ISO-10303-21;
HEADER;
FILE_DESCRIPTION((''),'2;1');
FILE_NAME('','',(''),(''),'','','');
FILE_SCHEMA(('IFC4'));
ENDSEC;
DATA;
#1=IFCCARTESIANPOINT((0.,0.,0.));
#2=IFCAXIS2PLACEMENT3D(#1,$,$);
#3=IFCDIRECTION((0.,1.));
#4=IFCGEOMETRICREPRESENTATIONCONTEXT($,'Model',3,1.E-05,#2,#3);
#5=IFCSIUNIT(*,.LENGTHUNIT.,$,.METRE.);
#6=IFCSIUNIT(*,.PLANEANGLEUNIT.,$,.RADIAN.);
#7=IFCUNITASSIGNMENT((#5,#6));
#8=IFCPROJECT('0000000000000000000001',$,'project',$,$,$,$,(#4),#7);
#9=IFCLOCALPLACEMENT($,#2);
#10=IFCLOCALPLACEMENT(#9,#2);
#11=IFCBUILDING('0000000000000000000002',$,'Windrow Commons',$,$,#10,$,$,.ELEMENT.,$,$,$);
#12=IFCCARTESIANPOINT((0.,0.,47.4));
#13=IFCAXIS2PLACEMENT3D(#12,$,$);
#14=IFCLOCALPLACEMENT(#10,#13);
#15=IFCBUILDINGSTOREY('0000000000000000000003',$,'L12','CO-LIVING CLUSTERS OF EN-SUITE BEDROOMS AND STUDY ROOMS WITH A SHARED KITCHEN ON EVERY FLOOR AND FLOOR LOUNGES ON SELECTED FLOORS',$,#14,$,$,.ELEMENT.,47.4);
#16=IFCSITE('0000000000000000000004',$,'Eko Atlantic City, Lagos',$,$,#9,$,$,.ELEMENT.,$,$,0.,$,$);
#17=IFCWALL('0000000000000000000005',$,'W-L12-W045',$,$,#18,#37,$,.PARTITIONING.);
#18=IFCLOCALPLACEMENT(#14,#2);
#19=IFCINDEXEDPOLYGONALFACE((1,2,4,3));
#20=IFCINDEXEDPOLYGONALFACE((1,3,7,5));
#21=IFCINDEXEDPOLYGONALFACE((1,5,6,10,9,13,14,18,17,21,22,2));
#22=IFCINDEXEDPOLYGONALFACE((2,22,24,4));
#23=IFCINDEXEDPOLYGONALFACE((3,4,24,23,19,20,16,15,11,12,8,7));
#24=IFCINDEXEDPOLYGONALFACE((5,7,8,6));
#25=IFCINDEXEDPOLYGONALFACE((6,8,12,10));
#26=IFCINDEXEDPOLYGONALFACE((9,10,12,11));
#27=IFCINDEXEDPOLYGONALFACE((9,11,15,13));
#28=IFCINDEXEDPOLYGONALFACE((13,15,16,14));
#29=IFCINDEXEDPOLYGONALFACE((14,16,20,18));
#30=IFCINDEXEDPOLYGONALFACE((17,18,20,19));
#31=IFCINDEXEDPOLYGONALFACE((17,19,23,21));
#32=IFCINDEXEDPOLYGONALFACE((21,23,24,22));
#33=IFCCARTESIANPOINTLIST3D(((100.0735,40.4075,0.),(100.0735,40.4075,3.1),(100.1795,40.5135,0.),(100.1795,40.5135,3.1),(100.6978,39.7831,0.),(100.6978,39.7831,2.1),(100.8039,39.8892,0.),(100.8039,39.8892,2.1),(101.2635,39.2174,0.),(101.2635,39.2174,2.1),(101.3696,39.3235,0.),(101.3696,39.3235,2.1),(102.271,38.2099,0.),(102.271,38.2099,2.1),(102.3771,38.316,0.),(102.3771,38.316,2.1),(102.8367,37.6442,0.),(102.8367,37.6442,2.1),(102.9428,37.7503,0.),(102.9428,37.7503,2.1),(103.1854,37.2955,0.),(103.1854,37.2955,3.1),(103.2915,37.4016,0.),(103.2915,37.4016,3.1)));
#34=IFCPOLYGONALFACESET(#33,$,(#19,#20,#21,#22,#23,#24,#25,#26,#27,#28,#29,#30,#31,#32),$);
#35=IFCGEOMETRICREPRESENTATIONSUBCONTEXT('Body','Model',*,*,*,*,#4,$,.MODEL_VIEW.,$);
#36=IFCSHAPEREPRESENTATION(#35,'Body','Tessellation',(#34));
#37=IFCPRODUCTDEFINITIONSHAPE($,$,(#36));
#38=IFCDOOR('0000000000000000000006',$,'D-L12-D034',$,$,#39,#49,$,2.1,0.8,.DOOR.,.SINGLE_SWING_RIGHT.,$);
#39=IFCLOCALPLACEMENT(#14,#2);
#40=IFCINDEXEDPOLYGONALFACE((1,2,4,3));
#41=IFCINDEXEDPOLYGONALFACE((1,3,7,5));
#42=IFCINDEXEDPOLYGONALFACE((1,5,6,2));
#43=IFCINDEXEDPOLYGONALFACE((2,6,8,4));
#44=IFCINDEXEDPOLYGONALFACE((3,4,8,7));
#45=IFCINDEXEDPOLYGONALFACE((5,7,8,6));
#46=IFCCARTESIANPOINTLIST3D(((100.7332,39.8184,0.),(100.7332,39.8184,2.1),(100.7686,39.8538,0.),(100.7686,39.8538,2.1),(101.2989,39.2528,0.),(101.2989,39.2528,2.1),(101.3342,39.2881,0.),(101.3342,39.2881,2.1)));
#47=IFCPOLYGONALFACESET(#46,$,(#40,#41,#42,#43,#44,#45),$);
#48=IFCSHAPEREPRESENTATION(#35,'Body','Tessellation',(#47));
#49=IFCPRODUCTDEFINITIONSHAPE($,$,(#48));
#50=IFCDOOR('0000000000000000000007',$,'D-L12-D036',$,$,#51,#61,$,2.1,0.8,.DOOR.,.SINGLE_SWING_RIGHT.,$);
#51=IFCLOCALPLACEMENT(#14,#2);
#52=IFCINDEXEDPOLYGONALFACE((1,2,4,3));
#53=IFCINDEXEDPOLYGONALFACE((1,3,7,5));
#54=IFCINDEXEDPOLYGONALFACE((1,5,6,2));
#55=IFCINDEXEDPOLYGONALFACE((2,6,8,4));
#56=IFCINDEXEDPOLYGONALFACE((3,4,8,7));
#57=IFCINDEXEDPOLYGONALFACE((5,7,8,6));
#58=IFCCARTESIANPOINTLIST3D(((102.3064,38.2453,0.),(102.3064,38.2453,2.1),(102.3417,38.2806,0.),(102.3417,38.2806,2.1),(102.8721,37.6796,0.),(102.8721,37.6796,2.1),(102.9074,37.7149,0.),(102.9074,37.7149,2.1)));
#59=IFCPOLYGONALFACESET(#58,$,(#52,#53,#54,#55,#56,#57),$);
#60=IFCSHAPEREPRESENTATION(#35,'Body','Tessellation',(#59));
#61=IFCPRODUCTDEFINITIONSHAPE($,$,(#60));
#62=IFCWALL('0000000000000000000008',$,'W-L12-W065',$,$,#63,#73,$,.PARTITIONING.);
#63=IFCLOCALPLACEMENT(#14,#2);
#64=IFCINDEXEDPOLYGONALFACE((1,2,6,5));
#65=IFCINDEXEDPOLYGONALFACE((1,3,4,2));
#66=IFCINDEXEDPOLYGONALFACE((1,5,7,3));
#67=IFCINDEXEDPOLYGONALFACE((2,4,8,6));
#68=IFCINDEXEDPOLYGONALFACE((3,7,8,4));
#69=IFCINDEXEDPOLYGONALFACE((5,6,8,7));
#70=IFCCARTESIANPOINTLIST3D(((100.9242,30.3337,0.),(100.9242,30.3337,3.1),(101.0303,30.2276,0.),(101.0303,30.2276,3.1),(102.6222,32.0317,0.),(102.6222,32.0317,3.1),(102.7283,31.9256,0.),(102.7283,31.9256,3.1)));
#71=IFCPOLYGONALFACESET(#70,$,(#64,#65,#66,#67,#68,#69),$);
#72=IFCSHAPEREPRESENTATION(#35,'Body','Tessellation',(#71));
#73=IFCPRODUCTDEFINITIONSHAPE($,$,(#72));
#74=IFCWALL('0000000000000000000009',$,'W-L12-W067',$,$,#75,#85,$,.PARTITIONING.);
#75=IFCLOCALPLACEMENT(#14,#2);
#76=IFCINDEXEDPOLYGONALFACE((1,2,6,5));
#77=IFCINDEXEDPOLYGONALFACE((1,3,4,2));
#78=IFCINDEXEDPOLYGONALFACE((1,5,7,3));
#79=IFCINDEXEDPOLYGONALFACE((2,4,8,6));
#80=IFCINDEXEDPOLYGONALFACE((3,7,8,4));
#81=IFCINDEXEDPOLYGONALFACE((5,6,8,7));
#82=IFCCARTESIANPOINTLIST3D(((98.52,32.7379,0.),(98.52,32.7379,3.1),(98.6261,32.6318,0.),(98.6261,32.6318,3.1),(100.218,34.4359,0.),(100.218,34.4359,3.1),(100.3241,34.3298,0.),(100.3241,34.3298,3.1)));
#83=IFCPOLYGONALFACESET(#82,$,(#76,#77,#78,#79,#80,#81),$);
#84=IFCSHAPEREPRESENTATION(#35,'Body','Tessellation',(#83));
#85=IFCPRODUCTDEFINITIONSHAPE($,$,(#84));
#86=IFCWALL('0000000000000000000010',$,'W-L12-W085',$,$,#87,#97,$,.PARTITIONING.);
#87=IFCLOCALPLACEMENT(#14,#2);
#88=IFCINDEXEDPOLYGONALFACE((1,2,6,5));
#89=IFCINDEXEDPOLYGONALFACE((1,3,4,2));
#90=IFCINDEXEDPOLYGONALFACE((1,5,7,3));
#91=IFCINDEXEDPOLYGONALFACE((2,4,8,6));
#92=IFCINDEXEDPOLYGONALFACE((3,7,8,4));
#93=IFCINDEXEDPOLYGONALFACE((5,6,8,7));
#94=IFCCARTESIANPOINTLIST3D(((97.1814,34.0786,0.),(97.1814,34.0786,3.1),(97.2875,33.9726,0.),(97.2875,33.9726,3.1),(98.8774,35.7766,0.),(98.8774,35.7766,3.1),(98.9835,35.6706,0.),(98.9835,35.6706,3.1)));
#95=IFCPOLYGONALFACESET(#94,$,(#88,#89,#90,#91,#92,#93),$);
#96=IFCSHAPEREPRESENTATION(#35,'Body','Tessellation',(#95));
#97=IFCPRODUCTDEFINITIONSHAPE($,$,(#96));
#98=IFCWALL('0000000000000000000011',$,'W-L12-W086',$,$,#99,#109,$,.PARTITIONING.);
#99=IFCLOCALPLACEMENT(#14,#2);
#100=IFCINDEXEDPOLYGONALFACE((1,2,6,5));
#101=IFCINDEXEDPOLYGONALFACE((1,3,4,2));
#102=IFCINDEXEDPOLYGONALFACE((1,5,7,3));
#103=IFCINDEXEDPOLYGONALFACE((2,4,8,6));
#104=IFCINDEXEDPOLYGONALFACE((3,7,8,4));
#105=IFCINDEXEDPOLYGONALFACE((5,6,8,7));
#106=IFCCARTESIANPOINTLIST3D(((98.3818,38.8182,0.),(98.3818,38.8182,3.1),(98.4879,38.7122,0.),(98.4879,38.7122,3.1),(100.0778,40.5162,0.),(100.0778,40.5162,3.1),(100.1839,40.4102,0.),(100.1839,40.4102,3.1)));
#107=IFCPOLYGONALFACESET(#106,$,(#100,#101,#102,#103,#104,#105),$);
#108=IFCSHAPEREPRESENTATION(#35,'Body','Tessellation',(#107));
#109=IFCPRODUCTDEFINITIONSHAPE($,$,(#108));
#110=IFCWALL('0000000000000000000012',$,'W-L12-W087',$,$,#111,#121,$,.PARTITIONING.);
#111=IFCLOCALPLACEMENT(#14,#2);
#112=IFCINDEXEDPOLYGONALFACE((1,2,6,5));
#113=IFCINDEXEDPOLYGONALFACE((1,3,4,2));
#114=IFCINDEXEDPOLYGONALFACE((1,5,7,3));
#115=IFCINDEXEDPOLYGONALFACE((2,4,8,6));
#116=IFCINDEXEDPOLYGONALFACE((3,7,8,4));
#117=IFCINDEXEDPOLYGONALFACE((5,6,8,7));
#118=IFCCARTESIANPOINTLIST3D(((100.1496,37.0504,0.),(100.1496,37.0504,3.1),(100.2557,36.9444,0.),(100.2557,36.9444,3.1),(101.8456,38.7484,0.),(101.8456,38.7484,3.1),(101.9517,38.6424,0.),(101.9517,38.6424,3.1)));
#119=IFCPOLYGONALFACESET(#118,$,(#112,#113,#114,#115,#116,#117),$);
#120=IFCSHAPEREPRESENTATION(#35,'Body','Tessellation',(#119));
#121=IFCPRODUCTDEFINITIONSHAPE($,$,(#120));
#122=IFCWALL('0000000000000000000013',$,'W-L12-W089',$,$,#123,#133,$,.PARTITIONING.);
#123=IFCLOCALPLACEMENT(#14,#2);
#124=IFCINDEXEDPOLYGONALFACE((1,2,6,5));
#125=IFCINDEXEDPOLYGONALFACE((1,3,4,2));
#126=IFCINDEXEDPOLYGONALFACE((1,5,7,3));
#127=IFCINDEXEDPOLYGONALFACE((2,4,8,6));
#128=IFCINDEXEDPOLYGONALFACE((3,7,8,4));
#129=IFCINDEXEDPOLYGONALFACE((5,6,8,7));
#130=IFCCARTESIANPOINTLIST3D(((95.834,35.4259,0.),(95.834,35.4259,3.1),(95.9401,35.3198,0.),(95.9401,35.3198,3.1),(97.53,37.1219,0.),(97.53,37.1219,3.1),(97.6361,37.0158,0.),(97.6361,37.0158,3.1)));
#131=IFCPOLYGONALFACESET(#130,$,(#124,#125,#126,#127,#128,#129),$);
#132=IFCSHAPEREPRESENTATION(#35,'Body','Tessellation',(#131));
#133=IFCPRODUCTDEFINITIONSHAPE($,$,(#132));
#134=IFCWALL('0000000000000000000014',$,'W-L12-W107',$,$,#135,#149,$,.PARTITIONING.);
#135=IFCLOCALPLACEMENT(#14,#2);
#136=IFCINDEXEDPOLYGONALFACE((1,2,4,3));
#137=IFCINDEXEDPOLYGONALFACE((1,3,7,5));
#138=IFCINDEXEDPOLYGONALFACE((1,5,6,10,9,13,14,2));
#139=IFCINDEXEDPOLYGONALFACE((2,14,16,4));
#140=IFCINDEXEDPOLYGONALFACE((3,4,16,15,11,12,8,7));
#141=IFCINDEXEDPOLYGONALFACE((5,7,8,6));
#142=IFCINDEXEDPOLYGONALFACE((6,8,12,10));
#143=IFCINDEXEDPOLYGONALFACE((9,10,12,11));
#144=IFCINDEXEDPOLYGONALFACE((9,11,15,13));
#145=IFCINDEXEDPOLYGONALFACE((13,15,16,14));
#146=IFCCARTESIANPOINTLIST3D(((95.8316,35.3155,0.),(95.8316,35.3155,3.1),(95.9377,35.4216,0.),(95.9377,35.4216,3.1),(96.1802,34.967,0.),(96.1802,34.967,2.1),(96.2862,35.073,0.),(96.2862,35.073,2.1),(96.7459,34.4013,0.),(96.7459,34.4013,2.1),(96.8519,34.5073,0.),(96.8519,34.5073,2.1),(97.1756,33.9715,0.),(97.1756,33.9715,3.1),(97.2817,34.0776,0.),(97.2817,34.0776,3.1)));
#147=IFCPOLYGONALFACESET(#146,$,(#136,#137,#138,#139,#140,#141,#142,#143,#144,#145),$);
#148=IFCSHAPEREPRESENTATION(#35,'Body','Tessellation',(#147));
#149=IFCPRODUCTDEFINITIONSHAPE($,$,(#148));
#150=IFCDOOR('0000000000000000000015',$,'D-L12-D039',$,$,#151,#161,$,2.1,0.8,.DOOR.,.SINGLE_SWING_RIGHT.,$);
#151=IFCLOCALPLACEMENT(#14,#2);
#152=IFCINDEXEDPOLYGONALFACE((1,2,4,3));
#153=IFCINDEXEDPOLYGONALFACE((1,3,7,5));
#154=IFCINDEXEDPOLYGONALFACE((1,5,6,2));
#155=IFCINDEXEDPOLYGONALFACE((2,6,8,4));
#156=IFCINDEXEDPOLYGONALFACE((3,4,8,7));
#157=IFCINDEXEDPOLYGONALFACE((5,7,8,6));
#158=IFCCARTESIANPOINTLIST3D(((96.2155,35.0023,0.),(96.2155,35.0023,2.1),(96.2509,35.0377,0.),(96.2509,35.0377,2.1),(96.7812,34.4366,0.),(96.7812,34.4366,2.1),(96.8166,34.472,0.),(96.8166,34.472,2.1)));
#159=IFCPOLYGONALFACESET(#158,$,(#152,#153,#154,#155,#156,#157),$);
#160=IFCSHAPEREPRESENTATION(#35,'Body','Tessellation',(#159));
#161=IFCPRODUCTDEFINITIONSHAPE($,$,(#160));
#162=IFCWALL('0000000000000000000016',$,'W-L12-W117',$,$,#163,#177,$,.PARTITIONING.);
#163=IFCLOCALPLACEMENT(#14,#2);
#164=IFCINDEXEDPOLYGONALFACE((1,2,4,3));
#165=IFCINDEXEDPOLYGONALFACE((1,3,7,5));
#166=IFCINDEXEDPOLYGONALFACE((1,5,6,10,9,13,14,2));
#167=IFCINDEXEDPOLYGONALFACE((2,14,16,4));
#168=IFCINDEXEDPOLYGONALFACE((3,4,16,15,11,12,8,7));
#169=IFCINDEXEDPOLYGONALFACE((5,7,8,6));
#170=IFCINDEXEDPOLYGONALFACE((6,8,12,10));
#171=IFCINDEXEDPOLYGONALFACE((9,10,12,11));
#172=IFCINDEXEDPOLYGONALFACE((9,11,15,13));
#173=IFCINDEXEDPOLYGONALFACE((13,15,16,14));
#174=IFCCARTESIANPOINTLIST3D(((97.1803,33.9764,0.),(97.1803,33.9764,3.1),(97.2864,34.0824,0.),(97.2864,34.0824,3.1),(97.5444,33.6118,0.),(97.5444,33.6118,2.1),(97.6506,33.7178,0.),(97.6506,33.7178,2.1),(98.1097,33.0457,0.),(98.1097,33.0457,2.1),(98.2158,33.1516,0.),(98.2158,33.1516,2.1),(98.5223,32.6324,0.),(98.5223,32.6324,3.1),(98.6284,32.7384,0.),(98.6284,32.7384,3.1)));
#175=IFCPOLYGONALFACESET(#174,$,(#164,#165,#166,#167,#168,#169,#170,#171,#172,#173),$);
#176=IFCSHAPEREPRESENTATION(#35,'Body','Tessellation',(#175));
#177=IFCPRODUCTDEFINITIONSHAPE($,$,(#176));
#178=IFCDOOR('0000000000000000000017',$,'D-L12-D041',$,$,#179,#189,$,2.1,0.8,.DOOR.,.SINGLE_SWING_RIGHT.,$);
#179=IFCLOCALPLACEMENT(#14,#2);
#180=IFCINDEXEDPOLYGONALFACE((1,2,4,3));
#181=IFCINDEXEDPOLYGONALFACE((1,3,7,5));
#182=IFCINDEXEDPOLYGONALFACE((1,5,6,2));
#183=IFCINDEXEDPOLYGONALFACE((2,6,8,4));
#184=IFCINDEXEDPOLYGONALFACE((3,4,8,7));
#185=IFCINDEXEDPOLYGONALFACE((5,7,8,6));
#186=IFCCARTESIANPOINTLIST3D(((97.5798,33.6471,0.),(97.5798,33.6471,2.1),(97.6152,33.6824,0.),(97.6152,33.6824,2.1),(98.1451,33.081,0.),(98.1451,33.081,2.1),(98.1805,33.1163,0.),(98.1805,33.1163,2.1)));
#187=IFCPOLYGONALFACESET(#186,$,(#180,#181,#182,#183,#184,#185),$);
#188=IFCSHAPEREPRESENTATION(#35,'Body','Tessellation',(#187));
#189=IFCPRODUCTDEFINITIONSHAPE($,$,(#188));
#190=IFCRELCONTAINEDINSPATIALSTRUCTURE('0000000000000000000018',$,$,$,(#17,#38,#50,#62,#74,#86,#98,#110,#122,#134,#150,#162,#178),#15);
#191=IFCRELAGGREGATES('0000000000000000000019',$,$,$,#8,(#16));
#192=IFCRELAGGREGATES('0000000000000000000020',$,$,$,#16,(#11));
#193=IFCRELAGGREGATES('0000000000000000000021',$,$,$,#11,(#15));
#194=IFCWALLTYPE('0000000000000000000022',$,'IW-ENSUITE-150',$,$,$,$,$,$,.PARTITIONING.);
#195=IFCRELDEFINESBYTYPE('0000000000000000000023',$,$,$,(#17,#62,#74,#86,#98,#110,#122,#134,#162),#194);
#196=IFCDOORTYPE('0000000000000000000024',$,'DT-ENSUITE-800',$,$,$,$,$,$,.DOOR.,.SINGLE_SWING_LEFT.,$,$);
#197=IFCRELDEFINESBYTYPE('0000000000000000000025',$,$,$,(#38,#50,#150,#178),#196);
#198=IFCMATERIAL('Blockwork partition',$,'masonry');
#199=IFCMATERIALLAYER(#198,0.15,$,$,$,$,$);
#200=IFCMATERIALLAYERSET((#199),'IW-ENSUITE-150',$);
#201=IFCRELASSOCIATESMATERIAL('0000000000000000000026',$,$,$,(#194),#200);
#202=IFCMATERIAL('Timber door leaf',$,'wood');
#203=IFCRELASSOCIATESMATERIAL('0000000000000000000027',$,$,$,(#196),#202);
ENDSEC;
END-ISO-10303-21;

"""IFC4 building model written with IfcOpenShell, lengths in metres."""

from ifc_helpers import new_model, si_unit, direction, frame, frame_2d, origin, place, context, subcontext, project, spatial, rectangle, extrude, material, layer, layer_set, type_object, element, fill, save


model = new_model("IFC4")

# Units and contexts
model_context = context("Model", 3, precision=1e-05, world=origin(), true_north=direction((0.0, 1.0)))
body_context = subcontext(model_context, "Body", "Model", "MODEL_VIEW")
ifc_project = project(units=[si_unit("LENGTHUNIT", "METRE"), si_unit("PLANEANGLEUNIT", "RADIAN")], contexts=[model_context])

# Site, building, storey
site_placement = place(None, origin())
site = spatial("IfcSite", under=ifc_project, at=site_placement, Name="Eko Atlantic City, Lagos", CompositionType="ELEMENT", RefElevation=0.0)
building_placement = place(site_placement, origin())
building = spatial("IfcBuilding", under=site, at=building_placement, Name="Windrow Commons", CompositionType="ELEMENT")
storey_placement = place(building_placement, frame((0.0, 0.0, 47.4)))
storey = spatial("IfcBuildingStorey", under=building, at=storey_placement, Name="L12", Description="CO-LIVING CLUSTERS OF EN-SUITE BEDROOMS AND STUDY ROOMS WITH A SHARED KITCHEN ON EVERY FLOOR AND FLOOR LOUNGES ON SELECTED FLOORS", CompositionType="ELEMENT", Elevation=47.4)

# Wall, openings, doors
ifc_material_1 = material(Name="Blockwork partition", Category="masonry")
ifc_layer_1 = layer(ifc_material_1, 0.15)
ifc_layer_set_1 = layer_set([ifc_layer_1], Name="IW-ENSUITE-150")
wall_type_1 = type_object("IfcWallType", Name="IW-ENSUITE-150", PredefinedType="PARTITIONING", material=ifc_layer_set_1)
wall_1_placement = place(storey_placement, frame((100.1265, 40.4605, 0.0), z_axis=(0.0, 0.0, 1.0), x_axis=(0.707107, -0.707107, 0.0)))
wall_1 = element("IfcWall", 1, at=wall_1_placement, inside=storey, type_object=wall_type_1, Name="W-L12-W045", PredefinedType="PARTITIONING", context=body_context, shape_type="SweptSolid", body=[
    extrude(rectangle(XDim=4.401, YDim=0.15, at=frame_2d((2.2005, 0.0))), origin(), (0.0, 0.0, 1.0), 3.1),
])
opening_1_placement = place(wall_1_placement, frame((0.883, 0.0, 0.0)))
opening_1 = element("IfcOpeningElement", 2, at=opening_1_placement, cuts=wall_1, PredefinedType="OPENING", context=body_context, shape_type="SweptSolid", body=[
    extrude(rectangle(XDim=0.8, YDim=2.1, at=frame_2d((0.4, 1.05))), frame((0.0, 0.085, 0.0), z_axis=(0.0, -1.0, 0.0), x_axis=(1.0, 0.0, 0.0)), (0.0, 0.0, 1.0), 0.17),
])
opening_2_placement = place(wall_1_placement, frame((3.1078, 0.0, 0.0)))
opening_2 = element("IfcOpeningElement", 3, at=opening_2_placement, cuts=wall_1, PredefinedType="OPENING", context=body_context, shape_type="SweptSolid", body=[
    extrude(rectangle(XDim=0.8, YDim=2.1, at=frame_2d((0.4, 1.05))), frame((0.0, 0.085, 0.0), z_axis=(0.0, -1.0, 0.0), x_axis=(1.0, 0.0, 0.0)), (0.0, 0.0, 1.0), 0.17),
])
ifc_material_2 = material(Name="Timber door leaf", Category="wood")
door_type_1 = type_object("IfcDoorType", Name="DT-ENSUITE-800", OperationType="SINGLE_SWING_LEFT", PredefinedType="DOOR", material=ifc_material_2)
door_1_placement = place(opening_1_placement, origin())
door_1 = element("IfcDoor", 4, at=door_1_placement, inside=storey, type_object=door_type_1, Name="D-L12-D034", OperationType="SINGLE_SWING_RIGHT", OverallHeight=2.1, OverallWidth=0.8, PredefinedType="DOOR", context=body_context, shape_type="SweptSolid", body=[
    extrude(rectangle(XDim=0.8, YDim=2.1, at=frame_2d((0.4, 1.05))), frame((0.0, 0.025, 0.0), z_axis=(0.0, -1.0, 0.0), x_axis=(1.0, 0.0, 0.0)), (0.0, 0.0, 1.0), 0.05),
])
fill(opening_1, door_1)
door_2_placement = place(opening_2_placement, origin())
door_2 = element("IfcDoor", 5, at=door_2_placement, inside=storey, type_object=door_type_1, Name="D-L12-D036", OperationType="SINGLE_SWING_RIGHT", OverallHeight=2.1, OverallWidth=0.8, PredefinedType="DOOR", context=body_context, shape_type="SweptSolid", body=[
    extrude(rectangle(XDim=0.8, YDim=2.1, at=frame_2d((0.4, 1.05))), frame((0.0, 0.025, 0.0), z_axis=(0.0, -1.0, 0.0), x_axis=(1.0, 0.0, 0.0)), (0.0, 0.0, 1.0), 0.05),
])
fill(opening_2, door_2)

# Walls
for number, where, z_axis, x_axis, name in (
    (6, (100.9773, 30.2807, 0.0), (0.0, 0.0, 1.0), (0.707107, 0.707107, 0.0), "W-L12-W065"),
    (7, (98.5731, 32.6849, 0.0), (0.0, 0.0, 1.0), (0.707107, 0.707107, 0.0), "W-L12-W067"),
):
    element("IfcWall", number, at=place(storey_placement, frame(where, z_axis=z_axis, x_axis=x_axis)), inside=storey, type_object=wall_type_1, Name=name, PredefinedType="PARTITIONING", context=body_context, shape_type="SweptSolid", body=[
        extrude(rectangle(XDim=2.4013, YDim=0.15, at=frame_2d((1.2006, 0.0))), origin(), (0.0, 0.0, 1.0), 3.1),
    ])
for number, where, z_axis, x_axis, name in (
    (8, (97.2344, 34.0256, 0.0), (0.0, 0.0, 1.0), (0.70669, 0.707523, 0.0), "W-L12-W085"),
    (9, (98.4348, 38.7652, 0.0), (0.0, 0.0, 1.0), (0.70669, 0.707523, 0.0), "W-L12-W086"),
    (10, (100.2026, 36.9974, 0.0), (0.0, 0.0, 1.0), (0.70669, 0.707523, 0.0), "W-L12-W087"),
):
    element("IfcWall", number, at=place(storey_placement, frame(where, z_axis=z_axis, x_axis=x_axis)), inside=storey, type_object=wall_type_1, Name=name, PredefinedType="PARTITIONING", context=body_context, shape_type="SweptSolid", body=[
        extrude(rectangle(XDim=2.3999, YDim=0.15, at=frame_2d((1.2, 0.0))), origin(), (0.0, 0.0, 1.0), 3.1),
    ])
wall_2_placement = place(storey_placement, frame((95.8871, 35.3729, 0.0), z_axis=(0.0, 0.0, 1.0), x_axis=(0.707107, 0.707107, 0.0)))
element("IfcWall", 11, at=wall_2_placement, inside=storey, type_object=wall_type_1, Name="W-L12-W089", PredefinedType="PARTITIONING", context=body_context, shape_type="SweptSolid", body=[
    extrude(rectangle(XDim=2.3985, YDim=0.15, at=frame_2d((1.1992, 0.0))), origin(), (0.0, 0.0, 1.0), 3.1),
])

# Walls, openings, doors
wall_3_placement = place(storey_placement, frame((95.8846, 35.3686, 0.0), z_axis=(0.0, 0.0, 1.0), x_axis=(0.707107, -0.707107, 0.0)))
wall_3 = element("IfcWall", 12, at=wall_3_placement, inside=storey, type_object=wall_type_1, Name="W-L12-W107", PredefinedType="PARTITIONING", context=body_context, shape_type="SweptSolid", body=[
    extrude(rectangle(XDim=1.9007, YDim=0.15, at=frame_2d((0.9504, 0.0))), origin(), (0.0, 0.0, 1.0), 3.1),
])
opening_3_placement = place(wall_3_placement, frame((0.493, 0.0, 0.0)))
opening_3 = element("IfcOpeningElement", 13, at=opening_3_placement, cuts=wall_3, PredefinedType="OPENING", context=body_context, shape_type="SweptSolid", body=[
    extrude(rectangle(XDim=0.8, YDim=2.1, at=frame_2d((0.4, 1.05))), frame((0.0, 0.085, 0.0), z_axis=(0.0, -1.0, 0.0), x_axis=(1.0, 0.0, 0.0)), (0.0, 0.0, 1.0), 0.17),
])
door_3_placement = place(opening_3_placement, origin())
door_3 = element("IfcDoor", 14, at=door_3_placement, inside=storey, type_object=door_type_1, Name="D-L12-D039", OperationType="SINGLE_SWING_RIGHT", OverallHeight=2.1, OverallWidth=0.8, PredefinedType="DOOR", context=body_context, shape_type="SweptSolid", body=[
    extrude(rectangle(XDim=0.8, YDim=2.1, at=frame_2d((0.4, 1.05))), frame((0.0, 0.025, 0.0), z_axis=(0.0, -1.0, 0.0), x_axis=(1.0, 0.0, 0.0)), (0.0, 0.0, 1.0), 0.05),
])
fill(opening_3, door_3)
wall_4_placement = place(storey_placement, frame((97.2334, 34.0294, 0.0), z_axis=(0.0, 0.0, 1.0), x_axis=(0.70658, -0.707633, 0.0)))
wall_4 = element("IfcWall", 15, at=wall_4_placement, inside=storey, type_object=wall_type_1, Name="W-L12-W117", PredefinedType="PARTITIONING", context=body_context, shape_type="SweptSolid", body=[
    extrude(rectangle(XDim=1.8993, YDim=0.15, at=frame_2d((0.9496, 0.0))), origin(), (0.0, 0.0, 1.0), 3.1),
])
opening_4_placement = place(wall_4_placement, frame((0.5153, 0.0, 0.0)))
opening_4 = element("IfcOpeningElement", 16, at=opening_4_placement, cuts=wall_4, PredefinedType="OPENING", context=body_context, shape_type="SweptSolid", body=[
    extrude(rectangle(XDim=0.8, YDim=2.1, at=frame_2d((0.4, 1.05))), frame((0.0, 0.085, 0.0), z_axis=(0.0, -1.0, 0.0), x_axis=(1.0, 0.0, 0.0)), (0.0, 0.0, 1.0), 0.17),
])
door_4_placement = place(opening_4_placement, origin())
door_4 = element("IfcDoor", 17, at=door_4_placement, inside=storey, type_object=door_type_1, Name="D-L12-D041", OperationType="SINGLE_SWING_RIGHT", OverallHeight=2.1, OverallWidth=0.8, PredefinedType="DOOR", context=body_context, shape_type="SweptSolid", body=[
    extrude(rectangle(XDim=0.8, YDim=2.1, at=frame_2d((0.4, 1.05))), frame((0.0, 0.025, 0.0), z_axis=(0.0, -1.0, 0.0), x_axis=(1.0, 0.0, 0.0)), (0.0, 0.0, 1.0), 0.05),
])
fill(opening_4, door_4)

save(model, "model.ifc")
